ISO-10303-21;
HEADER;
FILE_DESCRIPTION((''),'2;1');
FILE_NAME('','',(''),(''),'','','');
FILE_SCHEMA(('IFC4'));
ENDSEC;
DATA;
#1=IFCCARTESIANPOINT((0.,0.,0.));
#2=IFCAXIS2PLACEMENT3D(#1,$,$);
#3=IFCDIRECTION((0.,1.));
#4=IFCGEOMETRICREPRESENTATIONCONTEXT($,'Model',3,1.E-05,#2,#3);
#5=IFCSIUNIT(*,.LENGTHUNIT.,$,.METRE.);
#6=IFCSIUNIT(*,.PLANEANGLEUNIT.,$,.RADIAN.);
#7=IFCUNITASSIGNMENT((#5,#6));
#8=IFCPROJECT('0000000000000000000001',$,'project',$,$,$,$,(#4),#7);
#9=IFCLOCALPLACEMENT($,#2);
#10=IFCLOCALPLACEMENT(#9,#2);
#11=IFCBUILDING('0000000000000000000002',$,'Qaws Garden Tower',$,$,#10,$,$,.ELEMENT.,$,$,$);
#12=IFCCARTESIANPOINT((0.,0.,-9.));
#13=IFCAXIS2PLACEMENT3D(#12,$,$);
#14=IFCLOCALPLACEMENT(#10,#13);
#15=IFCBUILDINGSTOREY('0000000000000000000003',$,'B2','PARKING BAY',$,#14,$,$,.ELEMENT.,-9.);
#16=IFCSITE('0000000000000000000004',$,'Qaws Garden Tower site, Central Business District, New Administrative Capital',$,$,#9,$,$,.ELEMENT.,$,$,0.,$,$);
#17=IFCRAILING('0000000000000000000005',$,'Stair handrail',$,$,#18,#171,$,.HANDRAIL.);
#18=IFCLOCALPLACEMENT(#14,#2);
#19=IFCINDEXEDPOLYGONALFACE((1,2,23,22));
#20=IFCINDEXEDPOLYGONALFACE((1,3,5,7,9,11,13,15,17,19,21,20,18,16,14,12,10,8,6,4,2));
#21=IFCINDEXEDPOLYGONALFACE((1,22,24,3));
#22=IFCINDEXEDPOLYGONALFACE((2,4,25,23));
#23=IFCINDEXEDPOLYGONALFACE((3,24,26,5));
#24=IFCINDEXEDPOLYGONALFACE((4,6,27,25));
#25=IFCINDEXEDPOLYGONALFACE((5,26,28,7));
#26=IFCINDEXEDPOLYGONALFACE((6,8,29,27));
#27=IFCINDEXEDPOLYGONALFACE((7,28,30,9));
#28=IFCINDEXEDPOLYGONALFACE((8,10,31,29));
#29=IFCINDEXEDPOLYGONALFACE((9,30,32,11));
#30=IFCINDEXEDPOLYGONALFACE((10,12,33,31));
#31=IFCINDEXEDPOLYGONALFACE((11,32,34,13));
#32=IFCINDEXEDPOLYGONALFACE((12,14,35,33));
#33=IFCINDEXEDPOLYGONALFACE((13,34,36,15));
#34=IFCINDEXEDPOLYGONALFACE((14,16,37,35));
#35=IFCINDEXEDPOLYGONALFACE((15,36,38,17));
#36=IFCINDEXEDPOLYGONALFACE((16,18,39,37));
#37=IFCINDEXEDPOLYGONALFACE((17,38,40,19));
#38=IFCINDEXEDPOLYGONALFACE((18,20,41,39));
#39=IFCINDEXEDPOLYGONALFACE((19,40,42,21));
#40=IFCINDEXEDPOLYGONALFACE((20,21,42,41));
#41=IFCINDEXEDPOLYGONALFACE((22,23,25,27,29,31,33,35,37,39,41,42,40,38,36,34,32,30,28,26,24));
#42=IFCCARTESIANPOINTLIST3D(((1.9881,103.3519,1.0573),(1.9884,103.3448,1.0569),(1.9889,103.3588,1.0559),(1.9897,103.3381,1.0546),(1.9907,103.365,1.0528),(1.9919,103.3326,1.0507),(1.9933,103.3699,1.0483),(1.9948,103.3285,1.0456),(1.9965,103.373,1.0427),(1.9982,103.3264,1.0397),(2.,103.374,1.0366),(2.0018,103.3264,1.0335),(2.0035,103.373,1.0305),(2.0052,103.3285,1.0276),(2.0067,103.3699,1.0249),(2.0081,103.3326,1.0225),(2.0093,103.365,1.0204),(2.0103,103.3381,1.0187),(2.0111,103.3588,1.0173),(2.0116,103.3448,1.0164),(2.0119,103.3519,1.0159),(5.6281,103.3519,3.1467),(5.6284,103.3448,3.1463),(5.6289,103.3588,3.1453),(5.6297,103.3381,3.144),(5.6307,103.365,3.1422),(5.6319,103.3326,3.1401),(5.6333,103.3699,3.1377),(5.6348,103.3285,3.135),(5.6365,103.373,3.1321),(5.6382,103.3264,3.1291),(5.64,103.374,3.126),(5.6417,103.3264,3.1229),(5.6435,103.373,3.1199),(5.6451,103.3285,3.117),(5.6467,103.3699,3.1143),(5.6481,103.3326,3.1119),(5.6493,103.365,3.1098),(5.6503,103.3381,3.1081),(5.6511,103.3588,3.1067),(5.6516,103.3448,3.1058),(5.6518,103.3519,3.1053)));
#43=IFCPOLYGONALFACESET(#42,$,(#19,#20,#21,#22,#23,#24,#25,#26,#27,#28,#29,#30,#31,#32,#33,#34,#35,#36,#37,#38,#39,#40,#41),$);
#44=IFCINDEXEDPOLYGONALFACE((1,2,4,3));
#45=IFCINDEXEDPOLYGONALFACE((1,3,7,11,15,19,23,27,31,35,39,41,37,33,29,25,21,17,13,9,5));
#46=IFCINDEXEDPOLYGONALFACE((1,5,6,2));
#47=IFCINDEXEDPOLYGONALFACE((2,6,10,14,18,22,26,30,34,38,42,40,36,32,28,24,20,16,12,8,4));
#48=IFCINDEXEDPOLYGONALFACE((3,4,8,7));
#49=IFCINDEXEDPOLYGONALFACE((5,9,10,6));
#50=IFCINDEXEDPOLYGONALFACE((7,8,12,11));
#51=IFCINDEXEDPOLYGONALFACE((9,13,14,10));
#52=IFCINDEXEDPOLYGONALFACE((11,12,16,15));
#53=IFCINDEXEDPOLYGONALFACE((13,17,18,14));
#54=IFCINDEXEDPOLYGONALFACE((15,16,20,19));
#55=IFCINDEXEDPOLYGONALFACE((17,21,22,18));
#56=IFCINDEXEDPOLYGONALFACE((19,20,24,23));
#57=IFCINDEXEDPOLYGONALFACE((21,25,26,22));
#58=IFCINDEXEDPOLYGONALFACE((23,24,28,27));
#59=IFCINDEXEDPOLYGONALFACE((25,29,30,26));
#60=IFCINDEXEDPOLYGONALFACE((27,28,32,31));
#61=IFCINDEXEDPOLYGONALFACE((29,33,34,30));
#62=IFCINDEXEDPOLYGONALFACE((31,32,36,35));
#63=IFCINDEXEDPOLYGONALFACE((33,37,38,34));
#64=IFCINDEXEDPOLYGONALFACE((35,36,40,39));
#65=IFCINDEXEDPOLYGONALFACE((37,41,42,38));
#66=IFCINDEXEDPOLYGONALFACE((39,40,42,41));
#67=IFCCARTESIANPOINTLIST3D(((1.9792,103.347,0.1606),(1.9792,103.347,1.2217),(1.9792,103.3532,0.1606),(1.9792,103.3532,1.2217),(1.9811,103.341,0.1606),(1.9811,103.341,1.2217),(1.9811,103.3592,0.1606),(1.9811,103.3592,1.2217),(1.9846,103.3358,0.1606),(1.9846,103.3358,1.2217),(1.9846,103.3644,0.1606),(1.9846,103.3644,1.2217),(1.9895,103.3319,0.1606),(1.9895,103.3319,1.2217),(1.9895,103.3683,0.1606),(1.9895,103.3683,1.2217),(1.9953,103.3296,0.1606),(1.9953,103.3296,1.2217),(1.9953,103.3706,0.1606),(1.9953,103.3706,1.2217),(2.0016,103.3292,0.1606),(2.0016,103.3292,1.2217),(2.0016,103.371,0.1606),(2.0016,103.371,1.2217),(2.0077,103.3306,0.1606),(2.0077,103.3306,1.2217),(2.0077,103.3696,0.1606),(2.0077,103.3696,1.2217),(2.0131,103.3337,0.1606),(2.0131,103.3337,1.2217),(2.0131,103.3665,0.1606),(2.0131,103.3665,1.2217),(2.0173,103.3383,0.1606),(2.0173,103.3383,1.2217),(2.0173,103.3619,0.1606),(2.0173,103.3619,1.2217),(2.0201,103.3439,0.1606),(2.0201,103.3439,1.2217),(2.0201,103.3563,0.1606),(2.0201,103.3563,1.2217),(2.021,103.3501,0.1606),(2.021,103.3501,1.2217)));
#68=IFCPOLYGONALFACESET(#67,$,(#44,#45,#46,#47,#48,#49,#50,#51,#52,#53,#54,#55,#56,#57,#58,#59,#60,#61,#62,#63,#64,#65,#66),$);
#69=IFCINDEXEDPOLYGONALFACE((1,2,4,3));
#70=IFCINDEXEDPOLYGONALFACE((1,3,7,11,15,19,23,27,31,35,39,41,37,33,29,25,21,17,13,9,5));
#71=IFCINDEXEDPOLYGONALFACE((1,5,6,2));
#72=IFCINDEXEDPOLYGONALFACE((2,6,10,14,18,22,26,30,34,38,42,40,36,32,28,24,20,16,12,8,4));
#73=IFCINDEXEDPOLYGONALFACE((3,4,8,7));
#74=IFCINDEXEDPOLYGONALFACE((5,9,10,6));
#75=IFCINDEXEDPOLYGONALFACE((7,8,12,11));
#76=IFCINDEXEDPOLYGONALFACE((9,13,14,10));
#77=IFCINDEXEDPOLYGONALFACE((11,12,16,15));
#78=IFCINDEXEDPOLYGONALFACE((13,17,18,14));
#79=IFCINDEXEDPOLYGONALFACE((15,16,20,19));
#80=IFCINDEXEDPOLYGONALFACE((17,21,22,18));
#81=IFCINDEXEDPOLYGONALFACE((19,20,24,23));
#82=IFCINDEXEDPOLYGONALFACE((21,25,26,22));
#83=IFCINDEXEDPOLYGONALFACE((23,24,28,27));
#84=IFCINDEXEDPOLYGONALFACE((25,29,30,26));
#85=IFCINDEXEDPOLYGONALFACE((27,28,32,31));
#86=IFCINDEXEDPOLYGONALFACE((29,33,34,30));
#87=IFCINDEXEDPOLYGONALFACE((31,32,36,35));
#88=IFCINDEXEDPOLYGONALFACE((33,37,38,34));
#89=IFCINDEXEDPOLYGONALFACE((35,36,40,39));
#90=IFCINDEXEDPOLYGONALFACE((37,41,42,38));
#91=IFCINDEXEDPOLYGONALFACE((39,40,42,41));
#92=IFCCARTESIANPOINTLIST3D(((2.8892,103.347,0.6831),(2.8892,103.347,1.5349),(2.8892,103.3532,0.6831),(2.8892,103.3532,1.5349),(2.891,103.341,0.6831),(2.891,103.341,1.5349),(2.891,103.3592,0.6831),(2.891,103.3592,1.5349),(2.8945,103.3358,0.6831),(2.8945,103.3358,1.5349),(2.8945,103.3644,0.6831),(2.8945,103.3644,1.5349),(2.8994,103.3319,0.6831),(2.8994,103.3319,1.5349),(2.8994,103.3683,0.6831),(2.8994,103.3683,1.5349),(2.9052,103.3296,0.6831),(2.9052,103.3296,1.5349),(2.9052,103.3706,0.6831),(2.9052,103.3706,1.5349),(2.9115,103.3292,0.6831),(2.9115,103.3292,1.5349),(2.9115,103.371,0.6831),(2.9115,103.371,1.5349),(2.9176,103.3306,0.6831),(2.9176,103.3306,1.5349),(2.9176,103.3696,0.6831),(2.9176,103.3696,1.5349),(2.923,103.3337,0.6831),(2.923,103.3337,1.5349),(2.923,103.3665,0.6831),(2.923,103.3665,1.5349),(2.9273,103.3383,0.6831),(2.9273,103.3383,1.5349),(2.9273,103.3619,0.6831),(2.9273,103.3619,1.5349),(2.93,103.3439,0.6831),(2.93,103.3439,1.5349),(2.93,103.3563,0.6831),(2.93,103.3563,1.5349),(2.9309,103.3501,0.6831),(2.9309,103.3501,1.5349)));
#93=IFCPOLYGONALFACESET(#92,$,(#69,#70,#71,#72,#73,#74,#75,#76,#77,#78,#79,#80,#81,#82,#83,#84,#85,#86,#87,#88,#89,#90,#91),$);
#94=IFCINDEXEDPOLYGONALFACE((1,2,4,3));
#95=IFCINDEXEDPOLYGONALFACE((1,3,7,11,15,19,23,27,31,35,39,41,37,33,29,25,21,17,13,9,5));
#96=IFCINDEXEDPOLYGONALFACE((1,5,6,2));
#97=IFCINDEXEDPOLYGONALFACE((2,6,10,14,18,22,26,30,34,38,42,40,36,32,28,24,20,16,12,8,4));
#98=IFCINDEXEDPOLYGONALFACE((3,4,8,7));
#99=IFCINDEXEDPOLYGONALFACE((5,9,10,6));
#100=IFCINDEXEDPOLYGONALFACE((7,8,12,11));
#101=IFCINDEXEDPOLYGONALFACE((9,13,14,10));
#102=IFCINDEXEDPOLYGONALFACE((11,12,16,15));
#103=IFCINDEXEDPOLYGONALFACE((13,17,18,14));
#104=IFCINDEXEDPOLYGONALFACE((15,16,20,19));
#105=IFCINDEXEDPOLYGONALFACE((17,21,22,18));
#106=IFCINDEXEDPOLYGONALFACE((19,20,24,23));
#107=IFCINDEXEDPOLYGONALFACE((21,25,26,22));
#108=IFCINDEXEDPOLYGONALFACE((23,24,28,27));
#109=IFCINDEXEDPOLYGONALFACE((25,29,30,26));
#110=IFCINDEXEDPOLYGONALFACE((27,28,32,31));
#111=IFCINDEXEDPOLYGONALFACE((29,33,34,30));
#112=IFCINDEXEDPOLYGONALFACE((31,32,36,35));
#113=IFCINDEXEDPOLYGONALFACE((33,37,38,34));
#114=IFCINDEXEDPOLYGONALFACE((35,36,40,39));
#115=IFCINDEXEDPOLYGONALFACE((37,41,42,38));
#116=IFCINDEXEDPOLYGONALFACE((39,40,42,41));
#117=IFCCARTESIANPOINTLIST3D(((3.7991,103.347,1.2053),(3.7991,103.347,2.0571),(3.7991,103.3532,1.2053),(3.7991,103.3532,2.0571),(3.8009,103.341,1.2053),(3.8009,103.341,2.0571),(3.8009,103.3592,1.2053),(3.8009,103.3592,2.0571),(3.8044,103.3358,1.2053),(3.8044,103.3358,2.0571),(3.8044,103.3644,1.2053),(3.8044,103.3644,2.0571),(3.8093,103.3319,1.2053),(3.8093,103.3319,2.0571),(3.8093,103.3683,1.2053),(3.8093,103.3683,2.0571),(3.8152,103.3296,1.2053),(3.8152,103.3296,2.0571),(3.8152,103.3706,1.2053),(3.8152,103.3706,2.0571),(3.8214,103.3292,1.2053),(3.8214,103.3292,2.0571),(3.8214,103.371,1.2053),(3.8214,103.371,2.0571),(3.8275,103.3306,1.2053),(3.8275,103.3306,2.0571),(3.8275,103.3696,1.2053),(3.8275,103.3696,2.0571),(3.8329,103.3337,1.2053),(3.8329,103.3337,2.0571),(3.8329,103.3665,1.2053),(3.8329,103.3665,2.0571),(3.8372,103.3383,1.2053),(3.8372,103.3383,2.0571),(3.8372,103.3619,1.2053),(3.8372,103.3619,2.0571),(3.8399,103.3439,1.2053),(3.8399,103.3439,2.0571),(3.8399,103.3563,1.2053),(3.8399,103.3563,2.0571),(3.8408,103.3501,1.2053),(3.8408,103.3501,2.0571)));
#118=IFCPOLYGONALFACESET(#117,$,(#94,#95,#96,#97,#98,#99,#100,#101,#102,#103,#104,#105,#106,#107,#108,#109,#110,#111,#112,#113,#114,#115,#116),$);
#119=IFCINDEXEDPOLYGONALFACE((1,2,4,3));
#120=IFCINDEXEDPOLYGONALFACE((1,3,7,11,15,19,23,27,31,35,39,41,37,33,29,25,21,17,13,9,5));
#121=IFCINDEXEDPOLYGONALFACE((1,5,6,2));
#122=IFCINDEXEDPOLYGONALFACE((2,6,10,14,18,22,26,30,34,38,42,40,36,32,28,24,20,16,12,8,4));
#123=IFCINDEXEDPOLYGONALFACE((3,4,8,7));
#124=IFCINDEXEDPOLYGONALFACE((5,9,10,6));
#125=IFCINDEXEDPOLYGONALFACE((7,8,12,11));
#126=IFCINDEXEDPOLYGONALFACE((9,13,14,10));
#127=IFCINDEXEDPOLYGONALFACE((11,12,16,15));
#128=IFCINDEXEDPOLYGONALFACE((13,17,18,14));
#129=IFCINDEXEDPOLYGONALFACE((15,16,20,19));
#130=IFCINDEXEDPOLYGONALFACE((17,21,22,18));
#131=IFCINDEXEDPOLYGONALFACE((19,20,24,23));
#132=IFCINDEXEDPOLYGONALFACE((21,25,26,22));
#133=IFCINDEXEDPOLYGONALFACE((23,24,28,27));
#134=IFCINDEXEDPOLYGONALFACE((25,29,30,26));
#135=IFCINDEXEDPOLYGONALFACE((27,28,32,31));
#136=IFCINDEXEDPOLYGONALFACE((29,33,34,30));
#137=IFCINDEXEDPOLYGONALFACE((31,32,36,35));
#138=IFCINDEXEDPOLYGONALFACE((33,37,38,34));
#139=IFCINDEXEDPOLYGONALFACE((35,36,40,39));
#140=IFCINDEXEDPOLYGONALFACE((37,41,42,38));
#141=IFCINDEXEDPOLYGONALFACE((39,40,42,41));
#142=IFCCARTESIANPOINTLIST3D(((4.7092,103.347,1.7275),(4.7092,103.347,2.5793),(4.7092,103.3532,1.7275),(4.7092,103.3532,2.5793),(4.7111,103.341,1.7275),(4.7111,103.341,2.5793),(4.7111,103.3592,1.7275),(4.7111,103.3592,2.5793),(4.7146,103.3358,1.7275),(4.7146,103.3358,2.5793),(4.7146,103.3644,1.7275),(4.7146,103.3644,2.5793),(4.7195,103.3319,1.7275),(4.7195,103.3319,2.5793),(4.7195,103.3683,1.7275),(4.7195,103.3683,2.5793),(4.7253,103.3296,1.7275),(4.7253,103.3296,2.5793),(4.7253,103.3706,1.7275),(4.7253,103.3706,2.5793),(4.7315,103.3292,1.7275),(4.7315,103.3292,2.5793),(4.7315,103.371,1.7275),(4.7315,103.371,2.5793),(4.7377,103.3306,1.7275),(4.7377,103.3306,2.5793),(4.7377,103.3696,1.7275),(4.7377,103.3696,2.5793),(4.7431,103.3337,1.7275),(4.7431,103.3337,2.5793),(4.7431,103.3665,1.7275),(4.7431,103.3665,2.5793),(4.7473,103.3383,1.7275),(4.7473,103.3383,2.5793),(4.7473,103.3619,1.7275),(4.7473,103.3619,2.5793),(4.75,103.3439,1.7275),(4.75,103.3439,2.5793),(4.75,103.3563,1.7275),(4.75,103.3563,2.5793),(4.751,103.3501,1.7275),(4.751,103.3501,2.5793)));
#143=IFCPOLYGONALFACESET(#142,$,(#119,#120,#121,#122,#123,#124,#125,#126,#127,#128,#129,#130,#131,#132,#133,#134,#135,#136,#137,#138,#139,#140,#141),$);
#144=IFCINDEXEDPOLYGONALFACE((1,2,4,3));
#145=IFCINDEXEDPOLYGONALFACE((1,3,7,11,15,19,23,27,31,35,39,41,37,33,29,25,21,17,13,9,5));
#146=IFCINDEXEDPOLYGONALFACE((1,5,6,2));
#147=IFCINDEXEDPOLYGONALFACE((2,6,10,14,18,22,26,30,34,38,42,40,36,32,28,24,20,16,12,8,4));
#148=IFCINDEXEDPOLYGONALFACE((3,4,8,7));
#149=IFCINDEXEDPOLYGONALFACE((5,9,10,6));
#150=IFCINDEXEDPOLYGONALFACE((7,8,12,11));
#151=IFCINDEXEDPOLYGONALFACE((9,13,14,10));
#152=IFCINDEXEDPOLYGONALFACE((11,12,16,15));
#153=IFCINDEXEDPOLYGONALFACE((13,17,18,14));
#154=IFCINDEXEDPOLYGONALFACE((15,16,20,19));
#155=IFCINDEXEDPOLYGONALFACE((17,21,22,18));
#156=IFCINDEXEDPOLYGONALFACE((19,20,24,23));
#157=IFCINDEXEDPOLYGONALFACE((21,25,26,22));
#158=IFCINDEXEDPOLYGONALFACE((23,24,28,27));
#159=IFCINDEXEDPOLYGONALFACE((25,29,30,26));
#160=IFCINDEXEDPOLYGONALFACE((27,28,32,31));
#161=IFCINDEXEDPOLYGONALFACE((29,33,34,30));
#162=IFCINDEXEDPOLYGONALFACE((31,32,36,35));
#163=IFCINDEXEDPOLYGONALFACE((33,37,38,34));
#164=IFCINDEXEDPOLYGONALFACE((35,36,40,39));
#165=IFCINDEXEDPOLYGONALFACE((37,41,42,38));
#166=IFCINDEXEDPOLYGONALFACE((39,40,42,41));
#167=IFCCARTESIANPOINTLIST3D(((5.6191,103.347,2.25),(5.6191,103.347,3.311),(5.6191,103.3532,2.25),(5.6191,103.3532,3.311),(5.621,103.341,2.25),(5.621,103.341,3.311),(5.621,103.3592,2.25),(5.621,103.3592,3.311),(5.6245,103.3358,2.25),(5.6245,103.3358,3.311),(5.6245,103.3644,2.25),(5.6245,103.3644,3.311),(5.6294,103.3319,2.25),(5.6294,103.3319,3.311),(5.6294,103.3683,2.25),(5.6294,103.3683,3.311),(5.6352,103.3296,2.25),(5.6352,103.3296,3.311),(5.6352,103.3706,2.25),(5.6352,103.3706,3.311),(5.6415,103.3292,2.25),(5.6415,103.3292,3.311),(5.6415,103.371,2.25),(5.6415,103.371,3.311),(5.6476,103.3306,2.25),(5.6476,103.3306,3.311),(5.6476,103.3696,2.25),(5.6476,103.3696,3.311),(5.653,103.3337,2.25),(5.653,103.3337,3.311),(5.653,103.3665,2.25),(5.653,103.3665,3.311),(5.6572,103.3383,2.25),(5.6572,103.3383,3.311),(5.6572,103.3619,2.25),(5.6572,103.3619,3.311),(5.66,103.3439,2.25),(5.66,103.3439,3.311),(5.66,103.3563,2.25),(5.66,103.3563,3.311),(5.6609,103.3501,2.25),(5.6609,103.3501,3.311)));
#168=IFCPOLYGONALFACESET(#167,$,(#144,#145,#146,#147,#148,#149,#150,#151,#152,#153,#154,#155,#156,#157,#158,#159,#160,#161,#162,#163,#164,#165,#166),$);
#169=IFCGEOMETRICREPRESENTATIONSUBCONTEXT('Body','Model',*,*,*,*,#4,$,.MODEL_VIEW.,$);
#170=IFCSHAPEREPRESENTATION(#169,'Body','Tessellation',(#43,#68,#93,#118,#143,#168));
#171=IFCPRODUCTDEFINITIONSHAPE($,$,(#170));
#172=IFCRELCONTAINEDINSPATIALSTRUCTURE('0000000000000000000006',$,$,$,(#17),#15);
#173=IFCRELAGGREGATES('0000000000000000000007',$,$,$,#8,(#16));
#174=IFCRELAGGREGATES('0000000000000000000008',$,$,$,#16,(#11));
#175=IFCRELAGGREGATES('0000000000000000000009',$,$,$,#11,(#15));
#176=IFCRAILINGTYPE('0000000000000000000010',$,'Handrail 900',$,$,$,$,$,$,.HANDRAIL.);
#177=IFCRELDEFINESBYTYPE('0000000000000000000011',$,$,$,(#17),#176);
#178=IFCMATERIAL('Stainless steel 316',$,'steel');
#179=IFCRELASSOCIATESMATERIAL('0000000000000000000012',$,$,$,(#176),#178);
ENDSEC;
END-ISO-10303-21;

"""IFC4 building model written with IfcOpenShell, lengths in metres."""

from ifc_helpers import new_model, si_unit, direction, frame, origin, origin_2d, place, context, subcontext, project, spatial, circle, extrude, material, type_object, element, save


model = new_model("IFC4")

# Units and contexts
model_context = context("Model", 3, precision=1e-05, world=origin(), true_north=direction((0.0, 1.0)))
body_context = subcontext(model_context, "Body", "Model", "MODEL_VIEW")
ifc_project = project(units=[si_unit("LENGTHUNIT", "METRE"), si_unit("PLANEANGLEUNIT", "RADIAN")], contexts=[model_context])

# Site, building, storey
site_placement = place(None, origin())
site = spatial("IfcSite", under=ifc_project, at=site_placement, Name="Qaws Garden Tower site, Central Business District, New Administrative Capital", CompositionType="ELEMENT", RefElevation=0.0)
building_placement = place(site_placement, origin())
building = spatial("IfcBuilding", under=site, at=building_placement, Name="Qaws Garden Tower", CompositionType="ELEMENT")
storey_placement = place(building_placement, frame((0.0, 0.0, -9.0)))
storey = spatial("IfcBuildingStorey", under=building, at=storey_placement, Name="B2", Description="PARKING BAY", CompositionType="ELEMENT", Elevation=-9.0)

# Railing
ifc_material_1 = material(Name="Stainless steel 316", Category="steel")
railing_type_1 = type_object("IfcRailingType", Name="Handrail 900", PredefinedType="HANDRAIL", material=ifc_material_1)
for number, where, name in (
    (1, (2.0, 103.3501, 0.1606), "Stair handrail"),
):
    element("IfcRailing", number, at=place(storey_placement, frame(where)), inside=storey, type_object=railing_type_1, Name=name, PredefinedType="HANDRAIL", context=body_context, shape_type="SweptSolid", body=[
        extrude(circle(Radius=0.0239, at=origin_2d()), frame((0.0, 0.0, 0.876), z_axis=(0.867275, 0.0, 0.497829), x_axis=(0.0, 1.0, 0.0)), (0.0, 0.0, 1.0), 4.197),
        extrude(circle(Radius=0.021, at=origin_2d()), origin(), (0.0, 0.0, 1.0), 1.061),
        extrude(circle(Radius=0.021, at=origin_2d()), frame((0.9099, 0.0, 0.5225)), (0.0, 0.0, 1.0), 0.8518),
        extrude(circle(Radius=0.021, at=origin_2d()), frame((1.8198, 0.0, 1.0447)), (0.0, 0.0, 1.0), 0.8518),
        extrude(circle(Radius=0.021, at=origin_2d()), frame((2.73, 0.0, 1.5669)), (0.0, 0.0, 1.0), 0.8518),
        extrude(circle(Radius=0.021, at=origin_2d()), frame((3.6399, 0.0, 2.0894)), (0.0, 0.0, 1.0), 1.061),
    ])

save(model, "model.ifc")
